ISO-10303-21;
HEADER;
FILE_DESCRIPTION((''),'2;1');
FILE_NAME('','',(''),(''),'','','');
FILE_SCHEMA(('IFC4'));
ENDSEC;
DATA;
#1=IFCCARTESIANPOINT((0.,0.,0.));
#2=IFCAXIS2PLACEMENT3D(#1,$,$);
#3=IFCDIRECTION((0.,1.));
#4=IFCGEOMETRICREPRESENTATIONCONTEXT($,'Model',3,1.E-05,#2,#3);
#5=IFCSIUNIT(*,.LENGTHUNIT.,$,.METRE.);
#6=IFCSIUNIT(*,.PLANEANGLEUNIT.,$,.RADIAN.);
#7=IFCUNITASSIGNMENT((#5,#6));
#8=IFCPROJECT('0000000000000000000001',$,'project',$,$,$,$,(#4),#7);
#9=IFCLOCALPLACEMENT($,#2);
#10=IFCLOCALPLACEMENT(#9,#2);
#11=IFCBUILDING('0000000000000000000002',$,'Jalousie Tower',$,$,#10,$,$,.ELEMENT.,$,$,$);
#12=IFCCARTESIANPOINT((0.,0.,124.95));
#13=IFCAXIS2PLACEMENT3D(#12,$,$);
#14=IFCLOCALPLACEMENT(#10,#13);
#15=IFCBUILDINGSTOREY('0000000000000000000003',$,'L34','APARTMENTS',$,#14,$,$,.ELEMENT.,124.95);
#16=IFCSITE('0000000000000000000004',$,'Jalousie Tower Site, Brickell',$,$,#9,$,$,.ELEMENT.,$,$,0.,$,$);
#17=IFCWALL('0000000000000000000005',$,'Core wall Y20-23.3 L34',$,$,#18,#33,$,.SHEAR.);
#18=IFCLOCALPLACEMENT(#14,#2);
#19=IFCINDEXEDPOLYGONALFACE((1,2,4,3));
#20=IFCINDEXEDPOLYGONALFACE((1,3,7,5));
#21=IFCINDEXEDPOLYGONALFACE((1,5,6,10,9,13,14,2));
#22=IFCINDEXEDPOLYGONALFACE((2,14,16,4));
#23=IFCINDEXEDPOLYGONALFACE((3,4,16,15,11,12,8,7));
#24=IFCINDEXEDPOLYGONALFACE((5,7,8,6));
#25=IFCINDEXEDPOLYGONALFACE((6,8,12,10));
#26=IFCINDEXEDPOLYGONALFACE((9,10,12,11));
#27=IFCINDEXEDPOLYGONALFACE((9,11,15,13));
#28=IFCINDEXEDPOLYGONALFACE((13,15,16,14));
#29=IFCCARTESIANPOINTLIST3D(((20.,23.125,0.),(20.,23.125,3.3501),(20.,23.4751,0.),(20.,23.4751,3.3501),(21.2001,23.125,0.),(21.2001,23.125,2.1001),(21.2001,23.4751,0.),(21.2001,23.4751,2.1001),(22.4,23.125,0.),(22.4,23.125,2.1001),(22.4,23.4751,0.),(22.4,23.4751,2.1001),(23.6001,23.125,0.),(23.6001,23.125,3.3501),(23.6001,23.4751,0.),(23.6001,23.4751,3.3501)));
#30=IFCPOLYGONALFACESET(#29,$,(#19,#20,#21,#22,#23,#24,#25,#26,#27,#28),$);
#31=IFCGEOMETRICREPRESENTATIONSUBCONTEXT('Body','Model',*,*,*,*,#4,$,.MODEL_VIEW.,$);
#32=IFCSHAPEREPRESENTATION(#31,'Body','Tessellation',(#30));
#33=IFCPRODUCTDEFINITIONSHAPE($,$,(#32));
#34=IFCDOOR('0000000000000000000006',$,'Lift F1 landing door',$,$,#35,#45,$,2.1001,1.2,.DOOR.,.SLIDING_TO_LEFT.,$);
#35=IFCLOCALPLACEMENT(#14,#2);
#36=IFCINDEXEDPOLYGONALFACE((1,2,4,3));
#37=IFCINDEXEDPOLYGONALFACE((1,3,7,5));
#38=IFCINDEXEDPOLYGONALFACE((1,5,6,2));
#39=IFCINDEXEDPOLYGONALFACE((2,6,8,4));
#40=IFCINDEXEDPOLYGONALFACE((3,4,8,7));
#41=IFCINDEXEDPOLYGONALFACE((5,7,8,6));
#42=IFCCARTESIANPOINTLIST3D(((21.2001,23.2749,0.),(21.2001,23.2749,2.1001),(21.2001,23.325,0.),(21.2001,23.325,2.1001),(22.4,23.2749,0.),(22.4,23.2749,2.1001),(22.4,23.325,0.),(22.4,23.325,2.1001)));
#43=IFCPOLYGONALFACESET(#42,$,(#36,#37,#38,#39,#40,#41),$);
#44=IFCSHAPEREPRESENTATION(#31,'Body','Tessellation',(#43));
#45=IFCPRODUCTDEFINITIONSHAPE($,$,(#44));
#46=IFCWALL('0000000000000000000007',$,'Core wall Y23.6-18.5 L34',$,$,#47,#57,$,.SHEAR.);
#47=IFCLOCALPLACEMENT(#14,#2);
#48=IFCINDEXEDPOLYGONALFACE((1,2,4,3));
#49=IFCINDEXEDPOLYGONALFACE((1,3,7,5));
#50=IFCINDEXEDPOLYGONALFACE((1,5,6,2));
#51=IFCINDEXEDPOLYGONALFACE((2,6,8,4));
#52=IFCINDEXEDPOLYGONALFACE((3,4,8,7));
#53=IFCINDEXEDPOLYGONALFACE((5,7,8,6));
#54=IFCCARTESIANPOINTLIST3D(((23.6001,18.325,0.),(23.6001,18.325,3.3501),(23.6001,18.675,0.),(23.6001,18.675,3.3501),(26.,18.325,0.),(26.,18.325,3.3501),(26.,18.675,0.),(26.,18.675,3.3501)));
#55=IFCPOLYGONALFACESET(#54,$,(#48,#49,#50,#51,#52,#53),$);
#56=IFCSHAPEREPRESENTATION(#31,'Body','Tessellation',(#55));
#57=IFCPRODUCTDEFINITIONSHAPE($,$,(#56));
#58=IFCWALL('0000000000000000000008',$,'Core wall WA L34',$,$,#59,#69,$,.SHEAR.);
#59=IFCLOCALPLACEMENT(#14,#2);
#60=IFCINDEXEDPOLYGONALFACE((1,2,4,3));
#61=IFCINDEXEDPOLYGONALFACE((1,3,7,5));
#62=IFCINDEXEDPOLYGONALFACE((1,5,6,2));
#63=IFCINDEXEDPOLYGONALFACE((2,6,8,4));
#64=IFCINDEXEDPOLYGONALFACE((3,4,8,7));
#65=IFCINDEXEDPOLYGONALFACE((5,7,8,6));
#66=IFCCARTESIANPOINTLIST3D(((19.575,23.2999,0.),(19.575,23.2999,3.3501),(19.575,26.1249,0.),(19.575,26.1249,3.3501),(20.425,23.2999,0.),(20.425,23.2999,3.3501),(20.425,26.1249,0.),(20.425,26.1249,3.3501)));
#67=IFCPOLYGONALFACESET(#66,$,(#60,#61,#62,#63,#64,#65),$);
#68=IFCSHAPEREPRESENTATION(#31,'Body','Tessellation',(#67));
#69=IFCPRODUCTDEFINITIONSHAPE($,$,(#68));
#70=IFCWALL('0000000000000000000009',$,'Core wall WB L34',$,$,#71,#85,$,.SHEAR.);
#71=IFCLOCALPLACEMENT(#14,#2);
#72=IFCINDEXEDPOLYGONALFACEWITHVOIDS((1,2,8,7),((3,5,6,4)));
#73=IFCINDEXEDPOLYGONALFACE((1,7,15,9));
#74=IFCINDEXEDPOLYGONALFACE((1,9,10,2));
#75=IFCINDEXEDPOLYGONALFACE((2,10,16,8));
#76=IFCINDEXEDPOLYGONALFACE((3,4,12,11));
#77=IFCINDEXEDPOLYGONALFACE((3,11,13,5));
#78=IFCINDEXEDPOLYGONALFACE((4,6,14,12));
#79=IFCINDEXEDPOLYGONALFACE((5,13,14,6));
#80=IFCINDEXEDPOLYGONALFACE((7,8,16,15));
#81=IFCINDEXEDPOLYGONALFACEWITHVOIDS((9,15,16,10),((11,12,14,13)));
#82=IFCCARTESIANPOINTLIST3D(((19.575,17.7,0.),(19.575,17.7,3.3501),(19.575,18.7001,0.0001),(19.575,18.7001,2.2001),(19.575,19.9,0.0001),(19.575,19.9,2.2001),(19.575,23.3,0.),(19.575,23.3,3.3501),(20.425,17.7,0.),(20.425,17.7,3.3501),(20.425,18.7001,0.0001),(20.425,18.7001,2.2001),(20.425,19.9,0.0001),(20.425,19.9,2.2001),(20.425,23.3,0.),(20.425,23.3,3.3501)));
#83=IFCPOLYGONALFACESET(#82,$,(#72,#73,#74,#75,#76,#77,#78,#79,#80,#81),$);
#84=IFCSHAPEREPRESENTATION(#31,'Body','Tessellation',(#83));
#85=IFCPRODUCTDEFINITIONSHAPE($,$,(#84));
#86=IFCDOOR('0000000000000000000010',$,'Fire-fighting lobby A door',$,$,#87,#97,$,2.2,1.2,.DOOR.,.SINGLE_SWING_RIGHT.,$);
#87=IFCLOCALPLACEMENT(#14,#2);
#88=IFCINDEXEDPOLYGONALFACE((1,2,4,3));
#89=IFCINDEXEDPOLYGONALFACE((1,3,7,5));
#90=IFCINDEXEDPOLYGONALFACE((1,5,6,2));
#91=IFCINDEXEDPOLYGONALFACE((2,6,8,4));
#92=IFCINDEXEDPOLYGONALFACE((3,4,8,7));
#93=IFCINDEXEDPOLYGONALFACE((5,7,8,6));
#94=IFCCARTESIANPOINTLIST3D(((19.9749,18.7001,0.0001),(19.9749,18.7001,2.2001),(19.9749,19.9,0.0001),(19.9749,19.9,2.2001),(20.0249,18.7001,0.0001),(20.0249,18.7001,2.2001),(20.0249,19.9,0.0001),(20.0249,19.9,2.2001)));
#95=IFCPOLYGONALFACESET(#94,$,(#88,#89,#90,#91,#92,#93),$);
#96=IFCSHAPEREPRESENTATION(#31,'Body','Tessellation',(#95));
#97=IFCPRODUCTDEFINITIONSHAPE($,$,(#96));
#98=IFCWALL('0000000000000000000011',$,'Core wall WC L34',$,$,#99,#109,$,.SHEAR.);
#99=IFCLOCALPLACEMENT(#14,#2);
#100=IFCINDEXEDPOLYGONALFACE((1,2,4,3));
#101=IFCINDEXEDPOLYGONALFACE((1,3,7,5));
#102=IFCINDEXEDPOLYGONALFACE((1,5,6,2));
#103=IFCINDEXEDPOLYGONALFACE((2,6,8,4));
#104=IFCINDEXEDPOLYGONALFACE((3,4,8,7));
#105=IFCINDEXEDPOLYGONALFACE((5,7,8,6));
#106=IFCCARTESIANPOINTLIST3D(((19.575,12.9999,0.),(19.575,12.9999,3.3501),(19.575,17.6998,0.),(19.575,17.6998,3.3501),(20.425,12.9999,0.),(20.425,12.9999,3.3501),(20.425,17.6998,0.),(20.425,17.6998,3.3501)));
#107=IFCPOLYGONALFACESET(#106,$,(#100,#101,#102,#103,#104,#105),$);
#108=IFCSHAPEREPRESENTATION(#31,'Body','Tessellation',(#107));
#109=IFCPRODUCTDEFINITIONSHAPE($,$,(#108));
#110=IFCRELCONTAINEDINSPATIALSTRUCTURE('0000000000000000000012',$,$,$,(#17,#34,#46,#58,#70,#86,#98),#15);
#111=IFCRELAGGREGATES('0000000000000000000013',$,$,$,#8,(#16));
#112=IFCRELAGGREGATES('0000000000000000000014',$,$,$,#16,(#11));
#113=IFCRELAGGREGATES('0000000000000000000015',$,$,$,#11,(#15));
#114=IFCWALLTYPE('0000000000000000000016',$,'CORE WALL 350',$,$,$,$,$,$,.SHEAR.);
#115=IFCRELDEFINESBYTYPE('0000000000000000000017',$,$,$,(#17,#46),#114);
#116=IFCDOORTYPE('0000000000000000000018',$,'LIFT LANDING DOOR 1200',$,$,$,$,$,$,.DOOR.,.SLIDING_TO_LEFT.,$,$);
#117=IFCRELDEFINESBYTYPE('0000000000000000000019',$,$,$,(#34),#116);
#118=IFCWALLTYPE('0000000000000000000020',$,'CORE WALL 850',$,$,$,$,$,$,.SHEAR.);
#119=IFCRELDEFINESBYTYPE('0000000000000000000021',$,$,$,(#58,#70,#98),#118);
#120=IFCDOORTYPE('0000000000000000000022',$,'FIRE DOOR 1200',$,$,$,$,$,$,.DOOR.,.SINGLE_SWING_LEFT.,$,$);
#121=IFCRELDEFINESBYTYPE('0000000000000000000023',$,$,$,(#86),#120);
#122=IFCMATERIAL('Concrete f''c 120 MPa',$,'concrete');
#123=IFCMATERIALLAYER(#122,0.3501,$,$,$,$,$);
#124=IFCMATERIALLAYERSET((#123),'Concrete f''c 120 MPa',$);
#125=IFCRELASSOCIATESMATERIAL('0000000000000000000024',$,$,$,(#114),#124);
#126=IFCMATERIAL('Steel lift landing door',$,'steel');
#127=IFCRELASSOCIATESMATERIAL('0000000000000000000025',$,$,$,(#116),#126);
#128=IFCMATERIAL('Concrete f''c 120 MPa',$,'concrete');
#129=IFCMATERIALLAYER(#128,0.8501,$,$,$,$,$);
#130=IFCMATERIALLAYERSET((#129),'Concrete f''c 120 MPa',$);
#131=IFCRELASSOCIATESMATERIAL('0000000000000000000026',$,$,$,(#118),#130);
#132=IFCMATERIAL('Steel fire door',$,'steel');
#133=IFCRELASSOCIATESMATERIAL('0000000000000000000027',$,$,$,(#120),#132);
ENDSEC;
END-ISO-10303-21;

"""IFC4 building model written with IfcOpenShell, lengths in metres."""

from ifc_helpers import new_model, si_unit, direction, frame, frame_2d, origin, place, context, subcontext, project, spatial, rectangle, extrude, material, layer, layer_set, type_object, element, fill, save


model = new_model("IFC4")

# Units and contexts
model_context = context("Model", 3, precision=1e-05, world=origin(), true_north=direction((0.0, 1.0)))
body_context = subcontext(model_context, "Body", "Model", "MODEL_VIEW")
ifc_project = project(units=[si_unit("LENGTHUNIT", "METRE"), si_unit("PLANEANGLEUNIT", "RADIAN")], contexts=[model_context])

# Site, building, storey
site_placement = place(None, origin())
site = spatial("IfcSite", under=ifc_project, at=site_placement, Name="Jalousie Tower Site, Brickell", CompositionType="ELEMENT", RefElevation=0.0)
building_placement = place(site_placement, origin())
building = spatial("IfcBuilding", under=site, at=building_placement, Name="Jalousie Tower", CompositionType="ELEMENT")
storey_placement = place(building_placement, frame((0.0, 0.0, 124.95)))
storey = spatial("IfcBuildingStorey", under=building, at=storey_placement, Name="L34", Description="APARTMENTS", CompositionType="ELEMENT", Elevation=124.95)

# Shared definitions
ifc_material_1 = material(Name="Concrete f'c 120 MPa", Category="concrete")
ifc_layer_1 = layer(ifc_material_1, 0.3501)
ifc_layer_set_1 = layer_set([ifc_layer_1], Name="Concrete f'c 120 MPa")
wall_type_1 = type_object("IfcWallType", Name="CORE WALL 350", PredefinedType="SHEAR", material=ifc_layer_set_1)

# Wall, opening, door
wall_1_placement = place(storey_placement, frame((20.0, 23.3, 0.0), z_axis=(0.0, 0.0, 1.0), x_axis=(1.0, 0.0, 0.0)))
wall_1 = element("IfcWall", 1, at=wall_1_placement, inside=storey, type_object=wall_type_1, Name="Core wall Y20-23.3 L34", PredefinedType="SHEAR", context=body_context, shape_type="SweptSolid", body=[
    extrude(rectangle(XDim=3.6001, YDim=0.3501, at=frame_2d((1.8, 0.0))), origin(), (0.0, 0.0, 1.0), 3.3501),
])
opening_1_placement = place(wall_1_placement, frame((1.2, 0.0, 0.0)))
opening_1 = element("IfcOpeningElement", 2, at=opening_1_placement, cuts=wall_1, PredefinedType="OPENING", context=body_context, shape_type="SweptSolid", body=[
    extrude(rectangle(XDim=1.2, YDim=2.1001, at=frame_2d((0.6001, 1.05))), frame((0.0, 0.1851, 0.0), z_axis=(0.0, -1.0, 0.0), x_axis=(1.0, 0.0, 0.0)), (0.0, 0.0, 1.0), 0.3701),
])
ifc_material_2 = material(Name="Steel lift landing door", Category="steel")
door_type_1 = type_object("IfcDoorType", Name="LIFT LANDING DOOR 1200", OperationType="SLIDING_TO_LEFT", PredefinedType="DOOR", material=ifc_material_2)
door_1_placement = place(opening_1_placement, origin())
door_1 = element("IfcDoor", 3, at=door_1_placement, inside=storey, type_object=door_type_1, Name="Lift F1 landing door", OperationType="SLIDING_TO_LEFT", OverallHeight=2.1001, OverallWidth=1.2, PredefinedType="DOOR", context=body_context, shape_type="SweptSolid", body=[
    extrude(rectangle(XDim=1.2, YDim=2.1001, at=frame_2d((0.6001, 1.05))), frame((0.0, 0.0249, 0.0), z_axis=(0.0, -1.0, 0.0), x_axis=(1.0, 0.0, 0.0)), (0.0, 0.0, 1.0), 0.05),
])
fill(opening_1, door_1)

# Walls
wall_2_placement = place(storey_placement, frame((23.6001, 18.5, 0.0), z_axis=(0.0, 0.0, 1.0), x_axis=(1.0, 0.0, 0.0)))
element("IfcWall", 4, at=wall_2_placement, inside=storey, type_object=wall_type_1, Name="Core wall Y23.6-18.5 L34", PredefinedType="SHEAR", context=body_context, shape_type="SweptSolid", body=[
    extrude(rectangle(XDim=2.3999, YDim=0.3501, at=frame_2d((1.2, 0.0))), origin(), (0.0, 0.0, 1.0), 3.3501),
])
ifc_material_3 = material(Name="Concrete f'c 120 MPa", Category="concrete")
ifc_layer_2 = layer(ifc_material_3, 0.8501)
ifc_layer_set_2 = layer_set([ifc_layer_2], Name="Concrete f'c 120 MPa")
wall_type_2 = type_object("IfcWallType", Name="CORE WALL 850", PredefinedType="SHEAR", material=ifc_layer_set_2)
wall_3_placement = place(storey_placement, frame((20.0, 26.125, 0.0), z_axis=(0.0, 0.0, 1.0), x_axis=(0.0, -1.0, 0.0)))
element("IfcWall", 5, at=wall_3_placement, inside=storey, type_object=wall_type_2, Name="Core wall WA L34", PredefinedType="SHEAR", context=body_context, shape_type="SweptSolid", body=[
    extrude(rectangle(XDim=2.825, YDim=0.8501, at=frame_2d((1.4126, 0.0))), origin(), (0.0, 0.0, 1.0), 3.3501),
])

# Wall, opening, door
wall_4_placement = place(storey_placement, frame((20.0, 23.3, 0.0), z_axis=(0.0, 0.0, 1.0), x_axis=(0.0, -1.0, 0.0)))
wall_4 = element("IfcWall", 6, at=wall_4_placement, inside=storey, type_object=wall_type_2, Name="Core wall WB L34", PredefinedType="SHEAR", context=body_context, shape_type="SweptSolid", body=[
    extrude(rectangle(XDim=5.6001, YDim=0.8501, at=frame_2d((2.8, 0.0))), origin(), (0.0, 0.0, 1.0), 3.3501),
])
opening_2_placement = place(wall_4_placement, frame((3.3999, 0.0, 0.0)))
opening_2 = element("IfcOpeningElement", 7, at=opening_2_placement, cuts=wall_4, PredefinedType="OPENING", context=body_context, shape_type="SweptSolid", body=[
    extrude(rectangle(XDim=1.2, YDim=2.2, at=frame_2d((0.6001, 1.1001))), frame((0.0, 0.4351, 0.0), z_axis=(0.0, -1.0, 0.0), x_axis=(1.0, 0.0, 0.0)), (0.0, 0.0, 1.0), 0.8701),
])
ifc_material_4 = material(Name="Steel fire door", Category="steel")
door_type_2 = type_object("IfcDoorType", Name="FIRE DOOR 1200", OperationType="SINGLE_SWING_LEFT", PredefinedType="DOOR", material=ifc_material_4)
door_2_placement = place(opening_2_placement, origin())
door_2 = element("IfcDoor", 8, at=door_2_placement, inside=storey, type_object=door_type_2, Name="Fire-fighting lobby A door", OperationType="SINGLE_SWING_RIGHT", OverallHeight=2.2, OverallWidth=1.2, PredefinedType="DOOR", context=body_context, shape_type="SweptSolid", body=[
    extrude(rectangle(XDim=1.2, YDim=2.2, at=frame_2d((0.6001, 1.1001))), frame((0.0, 0.0249, 0.0), z_axis=(0.0, -1.0, 0.0), x_axis=(1.0, 0.0, 0.0)), (0.0, 0.0, 1.0), 0.05),
])
fill(opening_2, door_2)

# Wall
wall_5_placement = place(storey_placement, frame((20.0, 17.7, 0.0), z_axis=(0.0, 0.0, 1.0), x_axis=(0.0, -1.0, 0.0)))
element("IfcWall", 9, at=wall_5_placement, inside=storey, type_object=wall_type_2, Name="Core wall WC L34", PredefinedType="SHEAR", context=body_context, shape_type="SweptSolid", body=[
    extrude(rectangle(XDim=4.7, YDim=0.8501, at=frame_2d((2.3501, 0.0))), origin(), (0.0, 0.0, 1.0), 3.3501),
])

save(model, "model.ifc")
